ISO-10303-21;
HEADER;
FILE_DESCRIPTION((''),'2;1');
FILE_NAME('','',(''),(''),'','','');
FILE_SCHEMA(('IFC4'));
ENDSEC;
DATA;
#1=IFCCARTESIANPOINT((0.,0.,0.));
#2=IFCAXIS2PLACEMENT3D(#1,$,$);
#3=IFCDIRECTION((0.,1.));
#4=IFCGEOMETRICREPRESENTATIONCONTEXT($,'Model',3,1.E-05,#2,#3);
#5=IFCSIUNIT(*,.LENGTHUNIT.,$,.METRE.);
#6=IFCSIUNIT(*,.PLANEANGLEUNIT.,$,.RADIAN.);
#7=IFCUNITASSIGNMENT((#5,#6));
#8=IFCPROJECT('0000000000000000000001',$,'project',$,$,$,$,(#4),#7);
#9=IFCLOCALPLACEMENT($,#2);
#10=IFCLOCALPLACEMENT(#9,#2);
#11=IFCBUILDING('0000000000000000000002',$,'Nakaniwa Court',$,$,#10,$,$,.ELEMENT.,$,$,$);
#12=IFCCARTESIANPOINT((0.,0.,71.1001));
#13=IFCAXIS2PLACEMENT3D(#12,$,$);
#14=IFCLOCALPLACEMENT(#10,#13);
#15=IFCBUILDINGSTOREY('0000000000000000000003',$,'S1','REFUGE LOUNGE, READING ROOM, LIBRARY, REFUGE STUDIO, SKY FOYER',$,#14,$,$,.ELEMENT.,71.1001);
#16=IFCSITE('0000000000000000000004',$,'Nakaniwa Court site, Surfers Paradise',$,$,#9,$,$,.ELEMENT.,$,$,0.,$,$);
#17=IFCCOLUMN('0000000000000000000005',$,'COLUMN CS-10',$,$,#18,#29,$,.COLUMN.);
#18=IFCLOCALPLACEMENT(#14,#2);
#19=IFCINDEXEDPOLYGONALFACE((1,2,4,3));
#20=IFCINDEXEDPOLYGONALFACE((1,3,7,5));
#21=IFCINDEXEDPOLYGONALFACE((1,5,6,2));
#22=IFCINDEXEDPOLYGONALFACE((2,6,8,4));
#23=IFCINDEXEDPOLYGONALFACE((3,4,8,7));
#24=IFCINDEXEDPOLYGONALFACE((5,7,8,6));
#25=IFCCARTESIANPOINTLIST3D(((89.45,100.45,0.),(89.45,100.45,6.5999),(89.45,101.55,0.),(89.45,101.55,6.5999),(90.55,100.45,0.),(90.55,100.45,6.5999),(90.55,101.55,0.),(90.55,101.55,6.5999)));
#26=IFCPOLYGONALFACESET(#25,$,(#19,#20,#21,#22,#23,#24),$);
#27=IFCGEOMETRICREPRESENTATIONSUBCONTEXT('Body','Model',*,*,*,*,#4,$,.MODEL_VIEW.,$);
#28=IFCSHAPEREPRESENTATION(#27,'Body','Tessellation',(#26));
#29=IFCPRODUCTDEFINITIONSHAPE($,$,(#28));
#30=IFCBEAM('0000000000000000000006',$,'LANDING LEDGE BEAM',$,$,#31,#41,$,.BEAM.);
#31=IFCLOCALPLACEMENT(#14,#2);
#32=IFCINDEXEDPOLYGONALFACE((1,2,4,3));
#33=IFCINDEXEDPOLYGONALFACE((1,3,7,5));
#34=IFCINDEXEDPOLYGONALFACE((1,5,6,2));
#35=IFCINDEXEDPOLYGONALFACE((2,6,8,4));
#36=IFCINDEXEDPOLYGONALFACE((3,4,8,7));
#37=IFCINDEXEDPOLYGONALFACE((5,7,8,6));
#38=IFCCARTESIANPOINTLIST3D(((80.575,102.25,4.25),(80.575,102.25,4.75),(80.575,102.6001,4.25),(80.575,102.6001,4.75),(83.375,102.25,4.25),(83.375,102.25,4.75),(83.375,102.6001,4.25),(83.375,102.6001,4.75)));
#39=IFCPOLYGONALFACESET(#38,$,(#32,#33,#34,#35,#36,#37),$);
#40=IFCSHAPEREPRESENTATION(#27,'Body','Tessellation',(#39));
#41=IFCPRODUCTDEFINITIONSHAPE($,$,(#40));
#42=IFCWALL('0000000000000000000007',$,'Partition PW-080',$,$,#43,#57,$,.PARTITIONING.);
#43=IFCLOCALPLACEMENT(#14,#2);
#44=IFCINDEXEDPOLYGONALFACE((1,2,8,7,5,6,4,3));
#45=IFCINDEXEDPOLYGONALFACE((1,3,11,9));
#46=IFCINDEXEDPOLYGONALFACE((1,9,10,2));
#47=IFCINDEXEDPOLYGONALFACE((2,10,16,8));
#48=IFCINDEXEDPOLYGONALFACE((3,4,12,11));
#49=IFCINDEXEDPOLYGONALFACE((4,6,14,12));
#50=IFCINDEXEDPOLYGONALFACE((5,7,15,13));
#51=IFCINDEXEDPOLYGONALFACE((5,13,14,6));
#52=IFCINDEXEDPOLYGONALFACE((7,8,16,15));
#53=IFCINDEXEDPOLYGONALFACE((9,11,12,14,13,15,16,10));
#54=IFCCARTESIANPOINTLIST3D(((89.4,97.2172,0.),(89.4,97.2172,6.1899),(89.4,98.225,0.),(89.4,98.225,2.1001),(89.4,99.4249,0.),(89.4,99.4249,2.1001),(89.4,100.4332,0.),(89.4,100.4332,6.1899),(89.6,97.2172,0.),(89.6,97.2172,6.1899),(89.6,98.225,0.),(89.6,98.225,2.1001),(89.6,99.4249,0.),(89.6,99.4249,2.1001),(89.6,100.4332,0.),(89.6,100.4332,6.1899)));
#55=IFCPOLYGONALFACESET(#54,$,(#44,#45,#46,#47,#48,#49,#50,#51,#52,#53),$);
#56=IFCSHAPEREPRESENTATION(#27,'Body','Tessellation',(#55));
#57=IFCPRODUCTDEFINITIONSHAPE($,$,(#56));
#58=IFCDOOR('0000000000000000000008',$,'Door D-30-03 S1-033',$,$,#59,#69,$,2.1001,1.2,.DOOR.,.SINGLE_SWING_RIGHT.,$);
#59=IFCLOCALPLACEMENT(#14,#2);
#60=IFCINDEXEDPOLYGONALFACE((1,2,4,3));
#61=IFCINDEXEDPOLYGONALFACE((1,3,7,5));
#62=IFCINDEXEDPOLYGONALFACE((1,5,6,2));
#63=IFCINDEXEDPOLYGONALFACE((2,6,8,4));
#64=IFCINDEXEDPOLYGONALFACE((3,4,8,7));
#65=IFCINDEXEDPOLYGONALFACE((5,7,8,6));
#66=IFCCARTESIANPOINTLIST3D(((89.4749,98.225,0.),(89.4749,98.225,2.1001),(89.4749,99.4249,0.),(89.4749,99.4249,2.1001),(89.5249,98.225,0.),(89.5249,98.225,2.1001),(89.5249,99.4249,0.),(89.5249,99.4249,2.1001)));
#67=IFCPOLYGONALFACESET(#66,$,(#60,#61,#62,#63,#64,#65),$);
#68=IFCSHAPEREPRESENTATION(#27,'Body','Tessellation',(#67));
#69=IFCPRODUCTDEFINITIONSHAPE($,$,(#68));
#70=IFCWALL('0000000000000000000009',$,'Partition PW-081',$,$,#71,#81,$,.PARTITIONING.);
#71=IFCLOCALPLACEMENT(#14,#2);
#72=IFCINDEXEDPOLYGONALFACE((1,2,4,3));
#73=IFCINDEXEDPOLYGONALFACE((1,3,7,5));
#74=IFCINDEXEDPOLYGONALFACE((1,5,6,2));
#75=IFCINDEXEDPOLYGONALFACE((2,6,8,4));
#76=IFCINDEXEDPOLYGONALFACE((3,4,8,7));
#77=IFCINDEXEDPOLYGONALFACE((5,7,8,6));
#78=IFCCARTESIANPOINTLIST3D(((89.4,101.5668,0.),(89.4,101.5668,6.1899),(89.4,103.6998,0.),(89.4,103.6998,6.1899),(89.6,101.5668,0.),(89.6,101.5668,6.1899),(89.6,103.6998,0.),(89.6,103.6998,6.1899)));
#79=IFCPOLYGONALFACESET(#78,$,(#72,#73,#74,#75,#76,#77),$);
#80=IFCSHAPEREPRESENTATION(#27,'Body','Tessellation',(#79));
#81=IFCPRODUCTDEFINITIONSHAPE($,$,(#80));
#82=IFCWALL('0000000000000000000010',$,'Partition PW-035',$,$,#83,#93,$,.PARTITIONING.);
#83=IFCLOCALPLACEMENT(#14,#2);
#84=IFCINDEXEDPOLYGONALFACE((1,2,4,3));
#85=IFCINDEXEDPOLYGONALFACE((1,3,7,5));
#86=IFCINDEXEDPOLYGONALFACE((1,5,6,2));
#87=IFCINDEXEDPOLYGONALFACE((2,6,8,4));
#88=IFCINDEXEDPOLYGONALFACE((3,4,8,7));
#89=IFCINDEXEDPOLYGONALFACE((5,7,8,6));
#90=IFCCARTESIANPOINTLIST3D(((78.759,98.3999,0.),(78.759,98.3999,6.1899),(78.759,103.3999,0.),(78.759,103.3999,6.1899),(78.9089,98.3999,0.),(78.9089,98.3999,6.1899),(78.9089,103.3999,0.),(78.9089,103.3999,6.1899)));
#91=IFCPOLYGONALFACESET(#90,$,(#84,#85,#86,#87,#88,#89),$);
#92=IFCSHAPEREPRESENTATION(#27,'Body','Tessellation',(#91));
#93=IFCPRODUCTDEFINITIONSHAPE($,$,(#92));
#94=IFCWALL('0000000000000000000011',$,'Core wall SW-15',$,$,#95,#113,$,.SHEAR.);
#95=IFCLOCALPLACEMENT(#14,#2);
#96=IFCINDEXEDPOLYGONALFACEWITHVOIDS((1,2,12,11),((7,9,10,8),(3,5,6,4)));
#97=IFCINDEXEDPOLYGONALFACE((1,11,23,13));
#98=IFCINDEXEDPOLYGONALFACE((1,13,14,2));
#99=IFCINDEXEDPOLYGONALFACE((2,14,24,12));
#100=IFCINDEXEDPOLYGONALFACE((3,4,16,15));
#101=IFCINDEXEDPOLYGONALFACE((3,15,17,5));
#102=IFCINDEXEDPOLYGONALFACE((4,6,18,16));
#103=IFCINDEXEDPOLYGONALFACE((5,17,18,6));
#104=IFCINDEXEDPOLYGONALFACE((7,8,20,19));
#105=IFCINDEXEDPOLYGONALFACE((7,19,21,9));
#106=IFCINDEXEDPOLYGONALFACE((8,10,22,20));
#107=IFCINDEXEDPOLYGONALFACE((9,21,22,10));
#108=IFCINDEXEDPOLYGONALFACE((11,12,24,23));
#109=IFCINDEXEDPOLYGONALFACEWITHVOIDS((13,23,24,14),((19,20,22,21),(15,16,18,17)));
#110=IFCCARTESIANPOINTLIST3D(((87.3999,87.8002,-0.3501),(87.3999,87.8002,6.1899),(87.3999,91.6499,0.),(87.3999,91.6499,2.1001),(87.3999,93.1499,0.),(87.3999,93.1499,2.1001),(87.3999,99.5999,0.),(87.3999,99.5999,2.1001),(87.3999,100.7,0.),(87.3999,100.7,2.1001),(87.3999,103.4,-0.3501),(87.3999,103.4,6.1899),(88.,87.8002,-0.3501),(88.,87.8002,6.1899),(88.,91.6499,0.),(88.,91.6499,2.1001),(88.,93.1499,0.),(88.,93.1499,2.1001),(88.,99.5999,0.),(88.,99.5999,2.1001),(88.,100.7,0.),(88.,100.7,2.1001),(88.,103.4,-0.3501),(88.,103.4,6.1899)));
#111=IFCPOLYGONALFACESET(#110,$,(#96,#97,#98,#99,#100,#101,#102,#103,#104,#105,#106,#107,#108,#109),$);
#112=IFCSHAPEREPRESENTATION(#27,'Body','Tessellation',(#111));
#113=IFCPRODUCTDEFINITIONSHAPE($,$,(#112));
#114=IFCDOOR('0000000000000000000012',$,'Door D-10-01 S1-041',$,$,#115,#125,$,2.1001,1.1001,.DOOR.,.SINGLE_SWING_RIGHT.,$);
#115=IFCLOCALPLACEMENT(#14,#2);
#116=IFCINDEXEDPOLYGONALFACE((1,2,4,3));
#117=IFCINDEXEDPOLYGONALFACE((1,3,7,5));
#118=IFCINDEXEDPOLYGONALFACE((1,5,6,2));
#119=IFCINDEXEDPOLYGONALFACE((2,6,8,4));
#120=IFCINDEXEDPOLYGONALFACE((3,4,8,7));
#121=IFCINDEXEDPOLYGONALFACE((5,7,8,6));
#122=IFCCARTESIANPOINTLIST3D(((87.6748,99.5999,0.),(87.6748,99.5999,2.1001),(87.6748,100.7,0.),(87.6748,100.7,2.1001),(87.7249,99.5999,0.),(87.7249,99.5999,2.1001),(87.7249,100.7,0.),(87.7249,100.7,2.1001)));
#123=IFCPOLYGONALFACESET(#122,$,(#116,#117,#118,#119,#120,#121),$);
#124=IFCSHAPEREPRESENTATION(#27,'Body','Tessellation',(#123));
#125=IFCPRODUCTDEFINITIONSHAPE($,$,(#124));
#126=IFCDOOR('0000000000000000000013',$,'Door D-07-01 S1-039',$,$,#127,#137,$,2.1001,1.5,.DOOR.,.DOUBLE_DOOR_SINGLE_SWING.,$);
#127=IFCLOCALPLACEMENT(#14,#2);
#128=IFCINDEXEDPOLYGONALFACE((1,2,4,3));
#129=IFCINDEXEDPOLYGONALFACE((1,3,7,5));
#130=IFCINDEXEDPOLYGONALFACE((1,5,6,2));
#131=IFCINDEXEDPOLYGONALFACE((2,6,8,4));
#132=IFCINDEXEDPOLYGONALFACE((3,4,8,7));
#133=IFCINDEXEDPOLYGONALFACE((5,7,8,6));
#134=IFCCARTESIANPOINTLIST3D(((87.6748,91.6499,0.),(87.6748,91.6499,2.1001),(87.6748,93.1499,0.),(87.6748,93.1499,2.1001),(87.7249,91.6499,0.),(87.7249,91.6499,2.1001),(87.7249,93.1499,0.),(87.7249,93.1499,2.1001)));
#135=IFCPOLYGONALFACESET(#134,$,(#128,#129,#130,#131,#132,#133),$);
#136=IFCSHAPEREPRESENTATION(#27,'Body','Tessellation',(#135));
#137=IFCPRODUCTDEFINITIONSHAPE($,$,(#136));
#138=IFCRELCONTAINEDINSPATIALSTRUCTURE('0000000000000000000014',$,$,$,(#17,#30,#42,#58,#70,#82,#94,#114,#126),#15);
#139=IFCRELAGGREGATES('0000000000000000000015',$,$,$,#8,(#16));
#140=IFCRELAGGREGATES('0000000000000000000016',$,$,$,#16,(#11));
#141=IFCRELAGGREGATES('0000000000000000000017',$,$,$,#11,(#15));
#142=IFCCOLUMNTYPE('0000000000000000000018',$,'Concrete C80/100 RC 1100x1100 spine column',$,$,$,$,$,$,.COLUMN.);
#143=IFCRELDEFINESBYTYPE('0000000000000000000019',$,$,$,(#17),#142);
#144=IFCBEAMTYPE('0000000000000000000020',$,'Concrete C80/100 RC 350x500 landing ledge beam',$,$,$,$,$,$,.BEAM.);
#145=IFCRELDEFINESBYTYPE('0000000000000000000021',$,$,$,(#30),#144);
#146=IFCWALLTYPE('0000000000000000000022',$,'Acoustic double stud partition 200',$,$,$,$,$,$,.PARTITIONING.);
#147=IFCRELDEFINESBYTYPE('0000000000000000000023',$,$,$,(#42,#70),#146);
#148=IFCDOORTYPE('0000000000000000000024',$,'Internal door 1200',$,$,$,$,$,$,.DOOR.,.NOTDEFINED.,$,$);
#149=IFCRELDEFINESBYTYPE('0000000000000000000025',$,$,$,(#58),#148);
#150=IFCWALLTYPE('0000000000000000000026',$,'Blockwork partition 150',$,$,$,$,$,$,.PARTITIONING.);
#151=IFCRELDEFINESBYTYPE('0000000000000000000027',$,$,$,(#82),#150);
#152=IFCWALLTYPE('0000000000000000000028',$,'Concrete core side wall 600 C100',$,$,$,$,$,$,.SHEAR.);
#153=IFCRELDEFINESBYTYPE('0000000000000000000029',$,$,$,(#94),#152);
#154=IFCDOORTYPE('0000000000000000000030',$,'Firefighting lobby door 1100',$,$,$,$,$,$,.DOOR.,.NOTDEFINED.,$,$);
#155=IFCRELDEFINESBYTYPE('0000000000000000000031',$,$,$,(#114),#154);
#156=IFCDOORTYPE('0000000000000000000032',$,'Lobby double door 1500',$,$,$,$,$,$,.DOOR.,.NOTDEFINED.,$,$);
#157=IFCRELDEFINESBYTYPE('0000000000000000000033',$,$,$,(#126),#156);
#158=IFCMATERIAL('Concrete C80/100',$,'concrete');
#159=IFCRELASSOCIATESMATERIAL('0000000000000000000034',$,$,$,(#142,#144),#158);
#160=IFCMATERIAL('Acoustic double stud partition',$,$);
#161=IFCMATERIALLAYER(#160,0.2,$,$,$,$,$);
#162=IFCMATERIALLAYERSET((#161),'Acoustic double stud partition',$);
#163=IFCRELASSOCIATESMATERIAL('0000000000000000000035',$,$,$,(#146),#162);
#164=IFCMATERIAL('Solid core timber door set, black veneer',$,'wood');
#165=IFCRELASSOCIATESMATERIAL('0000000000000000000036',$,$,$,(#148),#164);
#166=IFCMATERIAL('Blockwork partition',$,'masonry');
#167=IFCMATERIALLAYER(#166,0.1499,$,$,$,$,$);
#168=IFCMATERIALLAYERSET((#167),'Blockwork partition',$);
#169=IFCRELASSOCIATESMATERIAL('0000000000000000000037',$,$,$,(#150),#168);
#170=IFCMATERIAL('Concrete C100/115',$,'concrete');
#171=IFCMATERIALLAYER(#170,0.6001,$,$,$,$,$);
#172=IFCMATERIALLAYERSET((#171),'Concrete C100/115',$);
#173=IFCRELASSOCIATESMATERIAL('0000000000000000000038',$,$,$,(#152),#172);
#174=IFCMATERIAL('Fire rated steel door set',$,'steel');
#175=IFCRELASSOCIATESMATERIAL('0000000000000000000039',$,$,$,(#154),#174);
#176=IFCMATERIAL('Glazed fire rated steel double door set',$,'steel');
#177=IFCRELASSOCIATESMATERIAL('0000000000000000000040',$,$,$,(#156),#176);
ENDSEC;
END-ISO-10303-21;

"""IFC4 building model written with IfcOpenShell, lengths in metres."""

from ifc_helpers import new_model, si_unit, direction, frame, frame_2d, origin, origin_2d, place, context, subcontext, project, spatial, rectangle, extrude, material, layer, layer_set, material_profile, profile_set, type_object, element, fill, save


model = new_model("IFC4")

# Units and contexts
model_context = context("Model", 3, precision=1e-05, world=origin(), true_north=direction((0.0, 1.0)))
body_context = subcontext(model_context, "Body", "Model", "MODEL_VIEW")
ifc_project = project(units=[si_unit("LENGTHUNIT", "METRE"), si_unit("PLANEANGLEUNIT", "RADIAN")], contexts=[model_context])

# Site, building, storey
site_placement = place(None, origin())
site = spatial("IfcSite", under=ifc_project, at=site_placement, Name="Nakaniwa Court site, Surfers Paradise", CompositionType="ELEMENT", RefElevation=0.0)
building_placement = place(site_placement, origin())
building = spatial("IfcBuilding", under=site, at=building_placement, Name="Nakaniwa Court", CompositionType="ELEMENT")
storey_placement = place(building_placement, frame((0.0, 0.0, 71.1001)))
storey = spatial("IfcBuildingStorey", under=building, at=storey_placement, Name="S1", Description="REFUGE LOUNGE, READING ROOM, LIBRARY, REFUGE STUDIO, SKY FOYER", CompositionType="ELEMENT", Elevation=71.1001)

# Column
ifc_material_1 = material(Name="Concrete C80/100", Category="concrete")
ifc_material_profile_1 = material_profile(ifc_material_1, rectangle(XDim=1.1001, YDim=1.1001, at=origin_2d()), Name="Concrete C80/100 RC 1100x1100 spine column")
ifc_profile_set_1 = profile_set([ifc_material_profile_1], Name="Concrete C80/100")
column_type = type_object("IfcColumnType", Name="Concrete C80/100 RC 1100x1100 spine column", PredefinedType="COLUMN", material=ifc_profile_set_1)
column_placement = place(storey_placement, frame((90.0, 101.0, 0.0), z_axis=(0.0, 0.0, 1.0), x_axis=(0.0, 1.0, 0.0)))
element("IfcColumn", 1, at=column_placement, inside=storey, type_object=column_type, Name="COLUMN CS-10", PredefinedType="COLUMN", context=body_context, shape_type="SweptSolid", body=[
    extrude(rectangle(XDim=1.1001, YDim=1.1001, at=origin_2d()), origin(), (0.0, 0.0, 1.0), 6.5999),
])

# Beam
ifc_material_profile_2 = material_profile(ifc_material_1, rectangle(XDim=0.3501, YDim=0.5, at=origin_2d()), Name="Concrete C80/100 RC 350x500 landing ledge beam")
ifc_profile_set_2 = profile_set([ifc_material_profile_2], Name="Concrete C80/100")
beam_type = type_object("IfcBeamType", Name="Concrete C80/100 RC 350x500 landing ledge beam", PredefinedType="BEAM", material=ifc_profile_set_2)
beam_placement = place(storey_placement, frame((80.575, 102.425, 4.5), z_axis=(1.0, 0.0, 0.0), x_axis=(0.0, 1.0, 0.0)))
element("IfcBeam", 2, at=beam_placement, inside=storey, type_object=beam_type, Name="LANDING LEDGE BEAM", PredefinedType="BEAM", context=body_context, shape_type="SweptSolid", body=[
    extrude(rectangle(XDim=0.3501, YDim=0.5, at=origin_2d()), origin(), (0.0, 0.0, 1.0), 2.8),
])

# Wall, opening, door
ifc_material_2 = material(Name="Acoustic double stud partition")
ifc_layer_1 = layer(ifc_material_2, 0.2)
ifc_layer_set_1 = layer_set([ifc_layer_1], Name="Acoustic double stud partition")
wall_type_1 = type_object("IfcWallType", Name="Acoustic double stud partition 200", PredefinedType="PARTITIONING", material=ifc_layer_set_1)
wall_1_placement = place(storey_placement, frame((89.5, 100.4331, 0.0), z_axis=(0.0, 0.0, 1.0), x_axis=(0.0, -1.0, 0.0)))
wall_1 = element("IfcWall", 3, at=wall_1_placement, inside=storey, type_object=wall_type_1, Name="Partition PW-080", PredefinedType="PARTITIONING", context=body_context, shape_type="SweptSolid", body=[
    extrude(rectangle(XDim=3.2161, YDim=0.2, at=frame_2d((1.6079, 0.0))), origin(), (0.0, 0.0, 1.0), 6.1899),
])
opening_1_placement = place(wall_1_placement, frame((1.0081, 0.0, 0.0)))
opening_1 = element("IfcOpeningElement", 4, at=opening_1_placement, cuts=wall_1, PredefinedType="OPENING", context=body_context, shape_type="SweptSolid", body=[
    extrude(rectangle(XDim=1.2, YDim=2.1001, at=frame_2d((0.6001, 1.05))), frame((0.0, 0.1099, 0.0), z_axis=(0.0, -1.0, 0.0), x_axis=(1.0, 0.0, 0.0)), (0.0, 0.0, 1.0), 0.22),
])
ifc_material_3 = material(Name="Solid core timber door set, black veneer", Category="wood")
door_type_1 = type_object("IfcDoorType", Name="Internal door 1200", OperationType="NOTDEFINED", PredefinedType="DOOR", material=ifc_material_3)
door_1_placement = place(opening_1_placement, origin())
door_1 = element("IfcDoor", 5, at=door_1_placement, inside=storey, type_object=door_type_1, Name="Door D-30-03 S1-033", OperationType="SINGLE_SWING_RIGHT", OverallHeight=2.1001, OverallWidth=1.2, PredefinedType="DOOR", context=body_context, shape_type="SweptSolid", body=[
    extrude(rectangle(XDim=1.2, YDim=2.1001, at=frame_2d((0.6001, 1.05))), frame((0.0, 0.0249, 0.0), z_axis=(0.0, -1.0, 0.0), x_axis=(1.0, 0.0, 0.0)), (0.0, 0.0, 1.0), 0.05),
])
fill(opening_1, door_1)

# Walls
wall_2_placement = place(storey_placement, frame((89.5, 101.5669, 0.0), z_axis=(0.0, 0.0, 1.0), x_axis=(0.0, 1.0, 0.0)))
element("IfcWall", 6, at=wall_2_placement, inside=storey, type_object=wall_type_1, Name="Partition PW-081", PredefinedType="PARTITIONING", context=body_context, shape_type="SweptSolid", body=[
    extrude(rectangle(XDim=2.1331, YDim=0.2, at=frame_2d((1.0664, 0.0))), origin(), (0.0, 0.0, 1.0), 6.1899),
])
ifc_material_4 = material(Name="Blockwork partition", Category="masonry")
ifc_layer_2 = layer(ifc_material_4, 0.1499)
ifc_layer_set_2 = layer_set([ifc_layer_2], Name="Blockwork partition")
wall_type_2 = type_object("IfcWallType", Name="Blockwork partition 150", PredefinedType="PARTITIONING", material=ifc_layer_set_2)
wall_3_placement = place(storey_placement, frame((78.834, 98.3999, 0.0), z_axis=(0.0, 0.0, 1.0), x_axis=(0.0, 1.0, 0.0)))
element("IfcWall", 7, at=wall_3_placement, inside=storey, type_object=wall_type_2, Name="Partition PW-035", PredefinedType="PARTITIONING", context=body_context, shape_type="SweptSolid", body=[
    extrude(rectangle(XDim=5.0, YDim=0.1499, at=frame_2d((2.5, 0.0))), origin(), (0.0, 0.0, 1.0), 6.1899),
])

# Wall, openings, doors
ifc_material_5 = material(Name="Concrete C100/115", Category="concrete")
ifc_layer_3 = layer(ifc_material_5, 0.6001)
ifc_layer_set_3 = layer_set([ifc_layer_3], Name="Concrete C100/115")
wall_type_3 = type_object("IfcWallType", Name="Concrete core side wall 600 C100", PredefinedType="SHEAR", material=ifc_layer_set_3)
wall_4_placement = place(storey_placement, frame((87.7, 103.3999, -0.3501), z_axis=(0.0, 0.0, 1.0), x_axis=(0.0, -1.0, 0.0)))
wall_4 = element("IfcWall", 8, at=wall_4_placement, inside=storey, type_object=wall_type_3, Name="Core wall SW-15", PredefinedType="SHEAR", context=body_context, shape_type="SweptSolid", body=[
    extrude(rectangle(XDim=15.5999, YDim=0.6001, at=frame_2d((7.7998, 0.0))), origin(), (0.0, 0.0, 1.0), 6.54),
])
opening_2_placement = place(wall_4_placement, frame((10.25, 0.0, 0.3501)))
opening_2 = element("IfcOpeningElement", 9, at=opening_2_placement, cuts=wall_4, PredefinedType="OPENING", context=body_context, shape_type="SweptSolid", body=[
    extrude(rectangle(XDim=1.5, YDim=2.1001, at=frame_2d((0.75, 1.05))), frame((0.0, 0.3101, 0.0), z_axis=(0.0, -1.0, 0.0), x_axis=(1.0, 0.0, 0.0)), (0.0, 0.0, 1.0), 0.6201),
])
opening_3_placement = place(wall_4_placement, frame((2.7, 0.0, 0.3501)))
opening_3 = element("IfcOpeningElement", 10, at=opening_3_placement, cuts=wall_4, PredefinedType="OPENING", context=body_context, shape_type="SweptSolid", body=[
    extrude(rectangle(XDim=1.1001, YDim=2.1001, at=frame_2d((0.55, 1.05))), frame((0.0, 0.3101, 0.0), z_axis=(0.0, -1.0, 0.0), x_axis=(1.0, 0.0, 0.0)), (0.0, 0.0, 1.0), 0.6201),
])
ifc_material_6 = material(Name="Fire rated steel door set", Category="steel")
door_type_2 = type_object("IfcDoorType", Name="Firefighting lobby door 1100", OperationType="NOTDEFINED", PredefinedType="DOOR", material=ifc_material_6)
door_2_placement = place(opening_3_placement, origin())
door_2 = element("IfcDoor", 11, at=door_2_placement, inside=storey, type_object=door_type_2, Name="Door D-10-01 S1-041", OperationType="SINGLE_SWING_RIGHT", OverallHeight=2.1001, OverallWidth=1.1001, PredefinedType="DOOR", context=body_context, shape_type="SweptSolid", body=[
    extrude(rectangle(XDim=1.1001, YDim=2.1001, at=frame_2d((0.55, 1.05))), frame((0.0, 0.0249, 0.0), z_axis=(0.0, -1.0, 0.0), x_axis=(1.0, 0.0, 0.0)), (0.0, 0.0, 1.0), 0.05),
])
fill(opening_3, door_2)
ifc_material_7 = material(Name="Glazed fire rated steel double door set", Category="steel")
door_type_3 = type_object("IfcDoorType", Name="Lobby double door 1500", OperationType="NOTDEFINED", PredefinedType="DOOR", material=ifc_material_7)
door_3_placement = place(opening_2_placement, origin())
door_3 = element("IfcDoor", 12, at=door_3_placement, inside=storey, type_object=door_type_3, Name="Door D-07-01 S1-039", OperationType="DOUBLE_DOOR_SINGLE_SWING", OverallHeight=2.1001, OverallWidth=1.5, PredefinedType="DOOR", context=body_context, shape_type="SweptSolid", body=[
    extrude(rectangle(XDim=1.5, YDim=2.1001, at=frame_2d((0.75, 1.05))), frame((0.0, 0.0249, 0.0), z_axis=(0.0, -1.0, 0.0), x_axis=(1.0, 0.0, 0.0)), (0.0, 0.0, 1.0), 0.05),
])
fill(opening_2, door_3)

save(model, "model.ifc")
